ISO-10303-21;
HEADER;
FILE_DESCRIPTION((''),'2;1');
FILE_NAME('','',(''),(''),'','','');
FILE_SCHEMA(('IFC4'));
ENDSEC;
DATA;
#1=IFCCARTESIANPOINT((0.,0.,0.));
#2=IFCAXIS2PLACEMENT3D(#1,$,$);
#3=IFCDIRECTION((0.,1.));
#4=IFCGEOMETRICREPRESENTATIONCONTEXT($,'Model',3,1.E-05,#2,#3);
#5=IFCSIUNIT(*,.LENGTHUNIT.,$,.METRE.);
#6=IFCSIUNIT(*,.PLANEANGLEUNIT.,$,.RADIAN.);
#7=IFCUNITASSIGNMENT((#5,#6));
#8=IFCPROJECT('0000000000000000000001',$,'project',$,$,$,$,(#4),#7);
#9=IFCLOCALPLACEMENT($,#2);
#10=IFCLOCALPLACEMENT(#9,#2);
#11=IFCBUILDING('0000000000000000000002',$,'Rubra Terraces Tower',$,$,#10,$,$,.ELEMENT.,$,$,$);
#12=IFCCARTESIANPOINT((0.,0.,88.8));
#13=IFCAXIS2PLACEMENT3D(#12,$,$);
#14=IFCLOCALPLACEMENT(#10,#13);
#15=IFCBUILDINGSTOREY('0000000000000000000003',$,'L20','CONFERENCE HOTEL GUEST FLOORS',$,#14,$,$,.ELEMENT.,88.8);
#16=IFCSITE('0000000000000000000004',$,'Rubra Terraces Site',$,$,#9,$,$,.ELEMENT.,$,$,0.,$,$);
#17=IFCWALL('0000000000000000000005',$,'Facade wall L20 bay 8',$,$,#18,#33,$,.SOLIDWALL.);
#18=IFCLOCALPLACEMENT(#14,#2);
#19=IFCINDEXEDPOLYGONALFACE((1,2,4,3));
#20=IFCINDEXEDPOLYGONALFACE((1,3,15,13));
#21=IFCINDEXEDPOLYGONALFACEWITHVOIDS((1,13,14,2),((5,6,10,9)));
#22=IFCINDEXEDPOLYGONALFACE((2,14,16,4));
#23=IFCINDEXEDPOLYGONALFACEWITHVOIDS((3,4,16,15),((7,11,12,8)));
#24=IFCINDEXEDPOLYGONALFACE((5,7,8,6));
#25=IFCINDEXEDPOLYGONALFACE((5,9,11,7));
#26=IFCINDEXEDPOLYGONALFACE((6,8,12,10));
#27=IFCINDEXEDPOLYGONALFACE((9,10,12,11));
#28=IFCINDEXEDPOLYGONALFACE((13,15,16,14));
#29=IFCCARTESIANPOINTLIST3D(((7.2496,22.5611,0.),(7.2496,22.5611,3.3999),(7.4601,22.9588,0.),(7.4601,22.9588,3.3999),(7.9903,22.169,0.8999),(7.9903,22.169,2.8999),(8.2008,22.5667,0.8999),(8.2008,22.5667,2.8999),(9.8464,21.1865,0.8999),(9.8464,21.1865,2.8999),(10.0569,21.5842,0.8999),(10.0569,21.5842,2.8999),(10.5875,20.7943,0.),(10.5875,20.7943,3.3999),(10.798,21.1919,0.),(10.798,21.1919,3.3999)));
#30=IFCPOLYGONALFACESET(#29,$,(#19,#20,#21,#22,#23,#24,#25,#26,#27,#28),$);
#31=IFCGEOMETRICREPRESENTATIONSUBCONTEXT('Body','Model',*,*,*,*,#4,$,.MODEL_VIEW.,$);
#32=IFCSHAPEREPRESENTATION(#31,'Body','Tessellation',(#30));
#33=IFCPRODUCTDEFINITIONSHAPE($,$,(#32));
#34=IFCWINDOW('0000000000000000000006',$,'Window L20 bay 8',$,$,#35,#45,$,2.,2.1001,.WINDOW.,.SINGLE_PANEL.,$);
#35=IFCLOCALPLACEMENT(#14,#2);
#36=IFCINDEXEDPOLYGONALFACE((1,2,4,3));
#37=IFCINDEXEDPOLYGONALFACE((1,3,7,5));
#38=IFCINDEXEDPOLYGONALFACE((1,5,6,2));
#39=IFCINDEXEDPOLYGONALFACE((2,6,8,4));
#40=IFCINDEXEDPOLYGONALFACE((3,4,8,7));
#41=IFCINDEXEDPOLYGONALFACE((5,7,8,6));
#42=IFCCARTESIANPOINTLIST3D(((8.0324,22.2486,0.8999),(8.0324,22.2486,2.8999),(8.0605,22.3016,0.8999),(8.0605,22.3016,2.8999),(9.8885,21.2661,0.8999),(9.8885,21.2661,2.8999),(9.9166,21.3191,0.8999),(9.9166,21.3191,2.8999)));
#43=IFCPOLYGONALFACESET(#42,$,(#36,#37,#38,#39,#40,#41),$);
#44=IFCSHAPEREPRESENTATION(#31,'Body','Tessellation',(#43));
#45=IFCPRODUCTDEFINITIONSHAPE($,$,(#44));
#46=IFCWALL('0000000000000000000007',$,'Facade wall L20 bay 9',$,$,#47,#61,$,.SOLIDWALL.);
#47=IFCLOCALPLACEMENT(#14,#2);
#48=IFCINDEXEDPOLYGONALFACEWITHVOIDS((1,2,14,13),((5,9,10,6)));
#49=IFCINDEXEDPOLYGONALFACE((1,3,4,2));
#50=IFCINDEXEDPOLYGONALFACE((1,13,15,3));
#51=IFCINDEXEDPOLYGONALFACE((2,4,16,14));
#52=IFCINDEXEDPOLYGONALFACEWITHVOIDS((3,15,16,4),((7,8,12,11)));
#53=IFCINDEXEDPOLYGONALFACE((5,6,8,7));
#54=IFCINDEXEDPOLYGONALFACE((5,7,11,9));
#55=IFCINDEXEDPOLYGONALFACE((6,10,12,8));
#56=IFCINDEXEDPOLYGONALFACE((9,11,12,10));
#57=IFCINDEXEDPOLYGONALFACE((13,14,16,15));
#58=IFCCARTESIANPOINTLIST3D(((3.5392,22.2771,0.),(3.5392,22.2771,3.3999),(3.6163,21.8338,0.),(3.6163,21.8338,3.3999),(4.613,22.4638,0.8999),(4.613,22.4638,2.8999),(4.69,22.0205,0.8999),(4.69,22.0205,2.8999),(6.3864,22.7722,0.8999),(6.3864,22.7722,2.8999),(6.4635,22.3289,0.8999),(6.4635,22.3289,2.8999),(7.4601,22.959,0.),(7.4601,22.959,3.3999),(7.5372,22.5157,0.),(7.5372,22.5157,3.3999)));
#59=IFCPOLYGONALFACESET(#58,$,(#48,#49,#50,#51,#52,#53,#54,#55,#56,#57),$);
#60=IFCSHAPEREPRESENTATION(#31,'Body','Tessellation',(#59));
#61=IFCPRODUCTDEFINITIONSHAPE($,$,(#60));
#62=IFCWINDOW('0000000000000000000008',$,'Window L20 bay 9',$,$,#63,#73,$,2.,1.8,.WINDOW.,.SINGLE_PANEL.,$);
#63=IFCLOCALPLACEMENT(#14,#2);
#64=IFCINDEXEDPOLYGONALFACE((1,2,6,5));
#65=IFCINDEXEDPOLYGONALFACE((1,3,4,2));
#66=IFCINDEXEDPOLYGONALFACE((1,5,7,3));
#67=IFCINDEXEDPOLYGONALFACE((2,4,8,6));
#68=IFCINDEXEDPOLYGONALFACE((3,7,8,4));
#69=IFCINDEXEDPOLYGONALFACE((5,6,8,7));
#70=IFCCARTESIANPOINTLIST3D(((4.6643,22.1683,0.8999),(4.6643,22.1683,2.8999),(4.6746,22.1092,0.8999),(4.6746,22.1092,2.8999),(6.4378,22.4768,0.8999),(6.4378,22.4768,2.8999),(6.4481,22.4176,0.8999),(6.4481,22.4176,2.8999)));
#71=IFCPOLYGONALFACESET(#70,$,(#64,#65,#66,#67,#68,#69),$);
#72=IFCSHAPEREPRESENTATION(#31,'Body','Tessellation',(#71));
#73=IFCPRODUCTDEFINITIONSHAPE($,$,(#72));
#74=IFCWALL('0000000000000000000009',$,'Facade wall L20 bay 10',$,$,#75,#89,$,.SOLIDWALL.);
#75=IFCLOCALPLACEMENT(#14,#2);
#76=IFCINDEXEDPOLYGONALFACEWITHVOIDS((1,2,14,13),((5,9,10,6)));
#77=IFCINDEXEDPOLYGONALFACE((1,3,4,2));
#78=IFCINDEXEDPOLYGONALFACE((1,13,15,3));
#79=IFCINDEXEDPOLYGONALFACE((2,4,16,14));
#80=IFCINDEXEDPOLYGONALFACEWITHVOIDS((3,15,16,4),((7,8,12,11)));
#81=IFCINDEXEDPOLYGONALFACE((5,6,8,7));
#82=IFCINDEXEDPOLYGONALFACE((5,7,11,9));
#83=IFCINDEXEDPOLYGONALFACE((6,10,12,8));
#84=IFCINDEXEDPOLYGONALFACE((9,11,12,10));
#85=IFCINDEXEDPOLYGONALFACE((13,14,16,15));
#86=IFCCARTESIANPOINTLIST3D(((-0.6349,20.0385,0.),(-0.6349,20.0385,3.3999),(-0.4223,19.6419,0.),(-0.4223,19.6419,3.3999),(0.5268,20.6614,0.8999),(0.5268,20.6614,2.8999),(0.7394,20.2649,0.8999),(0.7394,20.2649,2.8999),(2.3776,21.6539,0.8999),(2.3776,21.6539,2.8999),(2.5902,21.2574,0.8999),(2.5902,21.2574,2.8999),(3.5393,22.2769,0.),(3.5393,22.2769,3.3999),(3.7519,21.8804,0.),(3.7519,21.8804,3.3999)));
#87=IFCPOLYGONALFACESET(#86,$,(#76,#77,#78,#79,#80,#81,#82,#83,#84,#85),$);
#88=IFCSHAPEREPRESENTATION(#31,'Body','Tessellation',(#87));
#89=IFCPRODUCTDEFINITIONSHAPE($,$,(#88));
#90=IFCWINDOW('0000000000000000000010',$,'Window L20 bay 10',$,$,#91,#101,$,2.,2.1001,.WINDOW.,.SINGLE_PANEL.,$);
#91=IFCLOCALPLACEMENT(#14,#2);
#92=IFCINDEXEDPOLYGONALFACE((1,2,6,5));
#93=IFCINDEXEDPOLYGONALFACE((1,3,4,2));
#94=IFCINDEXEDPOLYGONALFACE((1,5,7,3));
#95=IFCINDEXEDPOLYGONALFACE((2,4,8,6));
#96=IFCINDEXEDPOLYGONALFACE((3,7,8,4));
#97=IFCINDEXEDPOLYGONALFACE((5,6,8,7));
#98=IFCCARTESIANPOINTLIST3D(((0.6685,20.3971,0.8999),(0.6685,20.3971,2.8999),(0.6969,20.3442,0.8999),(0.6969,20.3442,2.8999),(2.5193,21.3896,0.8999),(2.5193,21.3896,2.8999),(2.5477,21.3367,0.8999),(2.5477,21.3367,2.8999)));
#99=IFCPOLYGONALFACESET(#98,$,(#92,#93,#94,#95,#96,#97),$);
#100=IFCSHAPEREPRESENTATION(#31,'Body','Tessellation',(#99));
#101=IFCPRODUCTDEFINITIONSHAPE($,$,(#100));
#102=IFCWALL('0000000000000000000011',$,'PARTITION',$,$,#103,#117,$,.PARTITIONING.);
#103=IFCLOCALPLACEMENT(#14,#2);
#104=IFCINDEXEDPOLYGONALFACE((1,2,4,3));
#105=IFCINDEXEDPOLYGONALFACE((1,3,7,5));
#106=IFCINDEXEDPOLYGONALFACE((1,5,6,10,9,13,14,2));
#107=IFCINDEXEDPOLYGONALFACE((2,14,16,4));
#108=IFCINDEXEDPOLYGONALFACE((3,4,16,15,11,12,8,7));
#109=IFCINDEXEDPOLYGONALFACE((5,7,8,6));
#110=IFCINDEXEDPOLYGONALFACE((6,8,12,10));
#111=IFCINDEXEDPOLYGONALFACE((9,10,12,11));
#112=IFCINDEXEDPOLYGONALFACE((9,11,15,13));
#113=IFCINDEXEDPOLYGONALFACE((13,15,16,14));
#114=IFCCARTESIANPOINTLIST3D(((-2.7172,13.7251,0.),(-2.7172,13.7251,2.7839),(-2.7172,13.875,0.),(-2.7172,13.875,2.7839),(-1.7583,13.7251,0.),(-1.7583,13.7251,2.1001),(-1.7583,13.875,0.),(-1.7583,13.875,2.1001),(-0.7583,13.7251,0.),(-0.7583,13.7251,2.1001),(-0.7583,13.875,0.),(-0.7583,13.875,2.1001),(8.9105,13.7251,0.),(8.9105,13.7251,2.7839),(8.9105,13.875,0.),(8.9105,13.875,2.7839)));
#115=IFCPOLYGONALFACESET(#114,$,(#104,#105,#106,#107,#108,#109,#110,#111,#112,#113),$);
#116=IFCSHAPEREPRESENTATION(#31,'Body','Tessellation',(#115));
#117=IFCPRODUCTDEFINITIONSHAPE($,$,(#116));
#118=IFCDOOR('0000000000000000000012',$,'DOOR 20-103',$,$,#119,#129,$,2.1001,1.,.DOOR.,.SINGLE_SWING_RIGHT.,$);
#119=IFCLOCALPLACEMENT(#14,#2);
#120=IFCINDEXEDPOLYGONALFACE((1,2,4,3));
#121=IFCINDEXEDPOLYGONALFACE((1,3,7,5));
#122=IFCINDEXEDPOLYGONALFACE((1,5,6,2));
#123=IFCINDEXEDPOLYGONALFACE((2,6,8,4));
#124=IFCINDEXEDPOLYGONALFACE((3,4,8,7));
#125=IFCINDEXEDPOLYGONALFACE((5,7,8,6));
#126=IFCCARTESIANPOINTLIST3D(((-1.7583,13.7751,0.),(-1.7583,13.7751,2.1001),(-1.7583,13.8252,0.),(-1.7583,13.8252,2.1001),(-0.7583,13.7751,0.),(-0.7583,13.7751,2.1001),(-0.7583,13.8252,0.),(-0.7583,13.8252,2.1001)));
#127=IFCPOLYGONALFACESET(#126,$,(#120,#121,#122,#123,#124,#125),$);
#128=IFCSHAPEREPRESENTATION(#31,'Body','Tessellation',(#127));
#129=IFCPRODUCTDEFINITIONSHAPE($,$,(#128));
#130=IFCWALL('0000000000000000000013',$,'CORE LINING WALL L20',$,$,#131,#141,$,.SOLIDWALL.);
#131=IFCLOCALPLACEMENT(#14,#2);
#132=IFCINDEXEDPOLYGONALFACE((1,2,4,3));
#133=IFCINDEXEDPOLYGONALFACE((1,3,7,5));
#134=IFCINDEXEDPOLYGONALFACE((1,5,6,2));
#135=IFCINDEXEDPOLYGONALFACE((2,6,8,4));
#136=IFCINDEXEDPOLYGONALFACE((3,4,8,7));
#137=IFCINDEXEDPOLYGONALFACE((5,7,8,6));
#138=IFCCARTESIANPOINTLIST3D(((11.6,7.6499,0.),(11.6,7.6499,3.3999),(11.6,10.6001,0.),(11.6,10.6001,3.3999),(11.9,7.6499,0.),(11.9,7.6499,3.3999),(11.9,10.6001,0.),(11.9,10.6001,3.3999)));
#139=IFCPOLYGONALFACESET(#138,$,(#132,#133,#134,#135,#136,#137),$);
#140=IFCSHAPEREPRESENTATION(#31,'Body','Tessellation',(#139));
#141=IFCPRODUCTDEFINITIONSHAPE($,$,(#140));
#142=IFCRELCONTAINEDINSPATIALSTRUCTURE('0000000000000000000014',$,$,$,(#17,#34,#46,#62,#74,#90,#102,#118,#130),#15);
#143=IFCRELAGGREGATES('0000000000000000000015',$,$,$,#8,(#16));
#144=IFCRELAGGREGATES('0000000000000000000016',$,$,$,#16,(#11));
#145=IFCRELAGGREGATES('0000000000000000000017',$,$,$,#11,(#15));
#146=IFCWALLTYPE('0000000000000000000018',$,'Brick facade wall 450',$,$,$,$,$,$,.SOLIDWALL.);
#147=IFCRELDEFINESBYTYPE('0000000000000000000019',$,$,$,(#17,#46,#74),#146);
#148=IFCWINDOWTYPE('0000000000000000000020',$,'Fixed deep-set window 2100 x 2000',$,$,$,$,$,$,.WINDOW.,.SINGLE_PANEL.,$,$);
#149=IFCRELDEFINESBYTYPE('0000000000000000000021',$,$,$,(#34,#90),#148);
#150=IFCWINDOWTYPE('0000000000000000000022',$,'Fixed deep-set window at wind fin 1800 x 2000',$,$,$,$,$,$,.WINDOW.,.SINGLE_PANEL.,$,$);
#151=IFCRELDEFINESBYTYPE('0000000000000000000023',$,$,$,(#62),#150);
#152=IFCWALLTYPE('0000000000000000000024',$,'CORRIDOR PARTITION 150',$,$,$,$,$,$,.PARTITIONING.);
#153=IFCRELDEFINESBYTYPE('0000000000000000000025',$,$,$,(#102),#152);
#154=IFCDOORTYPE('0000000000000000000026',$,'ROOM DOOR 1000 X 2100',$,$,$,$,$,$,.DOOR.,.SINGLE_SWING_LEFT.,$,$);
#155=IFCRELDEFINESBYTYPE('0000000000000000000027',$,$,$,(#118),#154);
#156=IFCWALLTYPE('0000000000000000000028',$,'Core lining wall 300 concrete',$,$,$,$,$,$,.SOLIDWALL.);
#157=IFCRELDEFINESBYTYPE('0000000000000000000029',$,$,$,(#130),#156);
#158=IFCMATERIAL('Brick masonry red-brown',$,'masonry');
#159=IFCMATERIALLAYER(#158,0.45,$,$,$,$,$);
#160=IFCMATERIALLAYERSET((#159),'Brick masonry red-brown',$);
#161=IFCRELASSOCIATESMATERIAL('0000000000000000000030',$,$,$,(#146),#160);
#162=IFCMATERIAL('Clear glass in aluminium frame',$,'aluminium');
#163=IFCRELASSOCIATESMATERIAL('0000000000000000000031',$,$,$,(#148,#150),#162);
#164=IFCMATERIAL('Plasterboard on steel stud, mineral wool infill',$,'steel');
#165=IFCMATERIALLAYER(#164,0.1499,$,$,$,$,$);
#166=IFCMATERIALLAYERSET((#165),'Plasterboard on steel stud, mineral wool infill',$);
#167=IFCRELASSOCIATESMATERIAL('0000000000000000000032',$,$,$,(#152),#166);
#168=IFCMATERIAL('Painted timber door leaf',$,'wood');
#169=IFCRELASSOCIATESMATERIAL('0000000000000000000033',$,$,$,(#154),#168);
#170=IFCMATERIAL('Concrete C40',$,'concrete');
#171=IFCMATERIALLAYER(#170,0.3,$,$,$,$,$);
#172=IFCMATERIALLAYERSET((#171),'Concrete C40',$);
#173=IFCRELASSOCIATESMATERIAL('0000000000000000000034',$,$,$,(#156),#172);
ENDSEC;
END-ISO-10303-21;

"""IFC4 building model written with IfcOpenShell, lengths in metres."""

from ifc_helpers import new_model, si_unit, direction, frame, frame_2d, origin, place, context, subcontext, project, spatial, rectangle, extrude, material, layer, layer_set, type_object, element, fill, save


model = new_model("IFC4")

# Units and contexts
model_context = context("Model", 3, precision=1e-05, world=origin(), true_north=direction((0.0, 1.0)))
body_context = subcontext(model_context, "Body", "Model", "MODEL_VIEW")
ifc_project = project(units=[si_unit("LENGTHUNIT", "METRE"), si_unit("PLANEANGLEUNIT", "RADIAN")], contexts=[model_context])

# Site, building, storey
site_placement = place(None, origin())
site = spatial("IfcSite", under=ifc_project, at=site_placement, Name="Rubra Terraces Site", CompositionType="ELEMENT", RefElevation=0.0)
building_placement = place(site_placement, origin())
building = spatial("IfcBuilding", under=site, at=building_placement, Name="Rubra Terraces Tower", CompositionType="ELEMENT")
storey_placement = place(building_placement, frame((0.0, 0.0, 88.8)))
storey = spatial("IfcBuildingStorey", under=building, at=storey_placement, Name="L20", Description="CONFERENCE HOTEL GUEST FLOORS", CompositionType="ELEMENT", Elevation=88.8)

# Walls, openings, windows
ifc_material_1 = material(Name="Brick masonry red-brown", Category="masonry")
ifc_layer_1 = layer(ifc_material_1, 0.45)
ifc_layer_set_1 = layer_set([ifc_layer_1], Name="Brick masonry red-brown")
wall_type_1 = type_object("IfcWallType", Name="Brick facade wall 450", PredefinedType="SOLIDWALL", material=ifc_layer_set_1)
wall_1_placement = place(storey_placement, frame((10.6926, 20.9932, 0.0), z_axis=(0.0, 0.0, 1.0), x_axis=(-0.883818, 0.467831, 0.0)))
wall_1 = element("IfcWall", 1, at=wall_1_placement, inside=storey, type_object=wall_type_1, Name="Facade wall L20 bay 8", PredefinedType="SOLIDWALL", context=body_context, shape_type="SweptSolid", body=[
    extrude(rectangle(XDim=3.7766, YDim=0.45, at=frame_2d((1.8882, 0.0))), origin(), (0.0, 0.0, 1.0), 3.3999),
])
opening_1_placement = place(wall_1_placement, frame((0.8384, 0.0, 0.8999)))
opening_1 = element("IfcOpeningElement", 2, at=opening_1_placement, cuts=wall_1, PredefinedType="OPENING", context=body_context, shape_type="SweptSolid", body=[
    extrude(rectangle(XDim=2.1001, YDim=2.0, at=frame_2d((1.05, 1.0))), frame((0.0, 0.2349, 0.0), z_axis=(0.0, -1.0, 0.0), x_axis=(1.0, 0.0, 0.0)), (0.0, 0.0, 1.0), 0.47),
])
ifc_material_2 = material(Name="Clear glass in aluminium frame", Category="aluminium")
window_type_1 = type_object("IfcWindowType", Name="Fixed deep-set window 2100 x 2000", PartitioningType="SINGLE_PANEL", PredefinedType="WINDOW", material=ifc_material_2)
window_1_placement = place(opening_1_placement, origin())
window_1 = element("IfcWindow", 3, at=window_1_placement, inside=storey, type_object=window_type_1, Name="Window L20 bay 8", OverallHeight=2.0, OverallWidth=2.1001, PartitioningType="SINGLE_PANEL", PredefinedType="WINDOW", context=body_context, shape_type="SweptSolid", body=[
    extrude(rectangle(XDim=2.1001, YDim=2.0, at=frame_2d((1.05, 1.0))), frame((0.0, 0.135, 0.0), z_axis=(0.0, -1.0, 0.0), x_axis=(1.0, 0.0, 0.0)), (0.0, 0.0, 1.0), 0.0601),
])
fill(opening_1, window_1)
wall_2_placement = place(storey_placement, frame((7.4985, 22.7373, 0.0), z_axis=(0.0, 0.0, 1.0), x_axis=(-0.985212, -0.171339, 0.0)))
wall_2 = element("IfcWall", 4, at=wall_2_placement, inside=storey, type_object=wall_type_1, Name="Facade wall L20 bay 9", PredefinedType="SOLIDWALL", context=body_context, shape_type="SweptSolid", body=[
    extrude(rectangle(XDim=3.9797, YDim=0.45, at=frame_2d((1.9897, 0.0))), origin(), (0.0, 0.0, 1.0), 3.3999),
])
opening_2_placement = place(wall_2_placement, frame((1.0898, 0.0, 0.8999)))
opening_2 = element("IfcOpeningElement", 5, at=opening_2_placement, cuts=wall_2, PredefinedType="OPENING", context=body_context, shape_type="SweptSolid", body=[
    extrude(rectangle(XDim=1.8, YDim=2.0, at=frame_2d((0.8999, 1.0))), frame((0.0, 0.2349, 0.0), z_axis=(0.0, -1.0, 0.0), x_axis=(1.0, 0.0, 0.0)), (0.0, 0.0, 1.0), 0.47),
])
window_type_2 = type_object("IfcWindowType", Name="Fixed deep-set window at wind fin 1800 x 2000", PartitioningType="SINGLE_PANEL", PredefinedType="WINDOW", material=ifc_material_2)
window_2_placement = place(opening_2_placement, origin())
window_2 = element("IfcWindow", 6, at=window_2_placement, inside=storey, type_object=window_type_2, Name="Window L20 bay 9", OverallHeight=2.0, OverallWidth=1.8, PartitioningType="SINGLE_PANEL", PredefinedType="WINDOW", context=body_context, shape_type="SweptSolid", body=[
    extrude(rectangle(XDim=1.8, YDim=2.0, at=frame_2d((0.8999, 1.0))), frame((0.0, 0.135, 0.0), z_axis=(0.0, -1.0, 0.0), x_axis=(1.0, 0.0, 0.0)), (0.0, 0.0, 1.0), 0.0601),
])
fill(opening_2, window_2)
wall_3_placement = place(storey_placement, frame((3.6455, 22.0786, 0.0), z_axis=(0.0, 0.0, 1.0), x_axis=(-0.881279, -0.472596, 0.0)))
wall_3 = element("IfcWall", 7, at=wall_3_placement, inside=storey, type_object=wall_type_1, Name="Facade wall L20 bay 10", PredefinedType="SOLIDWALL", context=body_context, shape_type="SweptSolid", body=[
    extrude(rectangle(XDim=4.7366, YDim=0.45, at=frame_2d((2.3682, 0.0))), origin(), (0.0, 0.0, 1.0), 3.3999),
])
opening_3_placement = place(wall_3_placement, frame((1.3181, 0.0, 0.8999)))
opening_3 = element("IfcOpeningElement", 8, at=opening_3_placement, cuts=wall_3, PredefinedType="OPENING", context=body_context, shape_type="SweptSolid", body=[
    extrude(rectangle(XDim=2.1001, YDim=2.0, at=frame_2d((1.05, 1.0))), frame((0.0, 0.2349, 0.0), z_axis=(0.0, -1.0, 0.0), x_axis=(1.0, 0.0, 0.0)), (0.0, 0.0, 1.0), 0.47),
])
window_3_placement = place(opening_3_placement, origin())
window_3 = element("IfcWindow", 9, at=window_3_placement, inside=storey, type_object=window_type_1, Name="Window L20 bay 10", OverallHeight=2.0, OverallWidth=2.1001, PartitioningType="SINGLE_PANEL", PredefinedType="WINDOW", context=body_context, shape_type="SweptSolid", body=[
    extrude(rectangle(XDim=2.1001, YDim=2.0, at=frame_2d((1.05, 1.0))), frame((0.0, 0.135, 0.0), z_axis=(0.0, -1.0, 0.0), x_axis=(1.0, 0.0, 0.0)), (0.0, 0.0, 1.0), 0.0601),
])
fill(opening_3, window_3)

# Wall, opening, door
ifc_material_3 = material(Name="Plasterboard on steel stud, mineral wool infill", Category="steel")
ifc_layer_2 = layer(ifc_material_3, 0.1499)
ifc_layer_set_2 = layer_set([ifc_layer_2], Name="Plasterboard on steel stud, mineral wool infill")
wall_type_2 = type_object("IfcWallType", Name="CORRIDOR PARTITION 150", PredefinedType="PARTITIONING", material=ifc_layer_set_2)
wall_4_placement = place(storey_placement, frame((8.9106, 13.8, 0.0), z_axis=(0.0, 0.0, 1.0), x_axis=(-1.0, 0.0, 0.0)))
wall_4 = element("IfcWall", 10, at=wall_4_placement, inside=storey, type_object=wall_type_2, Name="PARTITION", PredefinedType="PARTITIONING", context=body_context, shape_type="SweptSolid", body=[
    extrude(rectangle(XDim=11.6277, YDim=0.1499, at=frame_2d((5.814, 0.0))), origin(), (0.0, 0.0, 1.0), 2.7839),
])
opening_4_placement = place(wall_4_placement, frame((9.6689, 0.0, 0.0)))
opening_4 = element("IfcOpeningElement", 11, at=opening_4_placement, cuts=wall_4, PredefinedType="OPENING", context=body_context, shape_type="SweptSolid", body=[
    extrude(rectangle(XDim=1.0, YDim=2.1001, at=frame_2d((0.5, 1.05))), frame((0.0, 0.085, 0.0), z_axis=(0.0, -1.0, 0.0), x_axis=(1.0, 0.0, 0.0)), (0.0, 0.0, 1.0), 0.1699),
])
ifc_material_4 = material(Name="Painted timber door leaf", Category="wood")
door_type_1 = type_object("IfcDoorType", Name="ROOM DOOR 1000 X 2100", OperationType="SINGLE_SWING_LEFT", PredefinedType="DOOR", material=ifc_material_4)
door_1_placement = place(opening_4_placement, origin())
door_1 = element("IfcDoor", 12, at=door_1_placement, inside=storey, type_object=door_type_1, Name="DOOR 20-103", OperationType="SINGLE_SWING_RIGHT", OverallHeight=2.1001, OverallWidth=1.0, PredefinedType="DOOR", context=body_context, shape_type="SweptSolid", body=[
    extrude(rectangle(XDim=1.0, YDim=2.1001, at=frame_2d((0.5, 1.05))), frame((0.0, 0.0249, 0.0), z_axis=(0.0, -1.0, 0.0), x_axis=(1.0, 0.0, 0.0)), (0.0, 0.0, 1.0), 0.05),
])
fill(opening_4, door_1)

# Wall
ifc_material_5 = material(Name="Concrete C40", Category="concrete")
ifc_layer_3 = layer(ifc_material_5, 0.3)
ifc_layer_set_3 = layer_set([ifc_layer_3], Name="Concrete C40")
wall_type_3 = type_object("IfcWallType", Name="Core lining wall 300 concrete", PredefinedType="SOLIDWALL", material=ifc_layer_set_3)
wall_5_placement = place(storey_placement, frame((11.75, 10.6001, 0.0), z_axis=(0.0, 0.0, 1.0), x_axis=(0.0, -1.0, 0.0)))
element("IfcWall", 13, at=wall_5_placement, inside=storey, type_object=wall_type_3, Name="CORE LINING WALL L20", PredefinedType="SOLIDWALL", context=body_context, shape_type="SweptSolid", body=[
    extrude(rectangle(XDim=2.9502, YDim=0.3, at=frame_2d((1.4751, 0.0))), origin(), (0.0, 0.0, 1.0), 3.3999),
])

save(model, "model.ifc")
